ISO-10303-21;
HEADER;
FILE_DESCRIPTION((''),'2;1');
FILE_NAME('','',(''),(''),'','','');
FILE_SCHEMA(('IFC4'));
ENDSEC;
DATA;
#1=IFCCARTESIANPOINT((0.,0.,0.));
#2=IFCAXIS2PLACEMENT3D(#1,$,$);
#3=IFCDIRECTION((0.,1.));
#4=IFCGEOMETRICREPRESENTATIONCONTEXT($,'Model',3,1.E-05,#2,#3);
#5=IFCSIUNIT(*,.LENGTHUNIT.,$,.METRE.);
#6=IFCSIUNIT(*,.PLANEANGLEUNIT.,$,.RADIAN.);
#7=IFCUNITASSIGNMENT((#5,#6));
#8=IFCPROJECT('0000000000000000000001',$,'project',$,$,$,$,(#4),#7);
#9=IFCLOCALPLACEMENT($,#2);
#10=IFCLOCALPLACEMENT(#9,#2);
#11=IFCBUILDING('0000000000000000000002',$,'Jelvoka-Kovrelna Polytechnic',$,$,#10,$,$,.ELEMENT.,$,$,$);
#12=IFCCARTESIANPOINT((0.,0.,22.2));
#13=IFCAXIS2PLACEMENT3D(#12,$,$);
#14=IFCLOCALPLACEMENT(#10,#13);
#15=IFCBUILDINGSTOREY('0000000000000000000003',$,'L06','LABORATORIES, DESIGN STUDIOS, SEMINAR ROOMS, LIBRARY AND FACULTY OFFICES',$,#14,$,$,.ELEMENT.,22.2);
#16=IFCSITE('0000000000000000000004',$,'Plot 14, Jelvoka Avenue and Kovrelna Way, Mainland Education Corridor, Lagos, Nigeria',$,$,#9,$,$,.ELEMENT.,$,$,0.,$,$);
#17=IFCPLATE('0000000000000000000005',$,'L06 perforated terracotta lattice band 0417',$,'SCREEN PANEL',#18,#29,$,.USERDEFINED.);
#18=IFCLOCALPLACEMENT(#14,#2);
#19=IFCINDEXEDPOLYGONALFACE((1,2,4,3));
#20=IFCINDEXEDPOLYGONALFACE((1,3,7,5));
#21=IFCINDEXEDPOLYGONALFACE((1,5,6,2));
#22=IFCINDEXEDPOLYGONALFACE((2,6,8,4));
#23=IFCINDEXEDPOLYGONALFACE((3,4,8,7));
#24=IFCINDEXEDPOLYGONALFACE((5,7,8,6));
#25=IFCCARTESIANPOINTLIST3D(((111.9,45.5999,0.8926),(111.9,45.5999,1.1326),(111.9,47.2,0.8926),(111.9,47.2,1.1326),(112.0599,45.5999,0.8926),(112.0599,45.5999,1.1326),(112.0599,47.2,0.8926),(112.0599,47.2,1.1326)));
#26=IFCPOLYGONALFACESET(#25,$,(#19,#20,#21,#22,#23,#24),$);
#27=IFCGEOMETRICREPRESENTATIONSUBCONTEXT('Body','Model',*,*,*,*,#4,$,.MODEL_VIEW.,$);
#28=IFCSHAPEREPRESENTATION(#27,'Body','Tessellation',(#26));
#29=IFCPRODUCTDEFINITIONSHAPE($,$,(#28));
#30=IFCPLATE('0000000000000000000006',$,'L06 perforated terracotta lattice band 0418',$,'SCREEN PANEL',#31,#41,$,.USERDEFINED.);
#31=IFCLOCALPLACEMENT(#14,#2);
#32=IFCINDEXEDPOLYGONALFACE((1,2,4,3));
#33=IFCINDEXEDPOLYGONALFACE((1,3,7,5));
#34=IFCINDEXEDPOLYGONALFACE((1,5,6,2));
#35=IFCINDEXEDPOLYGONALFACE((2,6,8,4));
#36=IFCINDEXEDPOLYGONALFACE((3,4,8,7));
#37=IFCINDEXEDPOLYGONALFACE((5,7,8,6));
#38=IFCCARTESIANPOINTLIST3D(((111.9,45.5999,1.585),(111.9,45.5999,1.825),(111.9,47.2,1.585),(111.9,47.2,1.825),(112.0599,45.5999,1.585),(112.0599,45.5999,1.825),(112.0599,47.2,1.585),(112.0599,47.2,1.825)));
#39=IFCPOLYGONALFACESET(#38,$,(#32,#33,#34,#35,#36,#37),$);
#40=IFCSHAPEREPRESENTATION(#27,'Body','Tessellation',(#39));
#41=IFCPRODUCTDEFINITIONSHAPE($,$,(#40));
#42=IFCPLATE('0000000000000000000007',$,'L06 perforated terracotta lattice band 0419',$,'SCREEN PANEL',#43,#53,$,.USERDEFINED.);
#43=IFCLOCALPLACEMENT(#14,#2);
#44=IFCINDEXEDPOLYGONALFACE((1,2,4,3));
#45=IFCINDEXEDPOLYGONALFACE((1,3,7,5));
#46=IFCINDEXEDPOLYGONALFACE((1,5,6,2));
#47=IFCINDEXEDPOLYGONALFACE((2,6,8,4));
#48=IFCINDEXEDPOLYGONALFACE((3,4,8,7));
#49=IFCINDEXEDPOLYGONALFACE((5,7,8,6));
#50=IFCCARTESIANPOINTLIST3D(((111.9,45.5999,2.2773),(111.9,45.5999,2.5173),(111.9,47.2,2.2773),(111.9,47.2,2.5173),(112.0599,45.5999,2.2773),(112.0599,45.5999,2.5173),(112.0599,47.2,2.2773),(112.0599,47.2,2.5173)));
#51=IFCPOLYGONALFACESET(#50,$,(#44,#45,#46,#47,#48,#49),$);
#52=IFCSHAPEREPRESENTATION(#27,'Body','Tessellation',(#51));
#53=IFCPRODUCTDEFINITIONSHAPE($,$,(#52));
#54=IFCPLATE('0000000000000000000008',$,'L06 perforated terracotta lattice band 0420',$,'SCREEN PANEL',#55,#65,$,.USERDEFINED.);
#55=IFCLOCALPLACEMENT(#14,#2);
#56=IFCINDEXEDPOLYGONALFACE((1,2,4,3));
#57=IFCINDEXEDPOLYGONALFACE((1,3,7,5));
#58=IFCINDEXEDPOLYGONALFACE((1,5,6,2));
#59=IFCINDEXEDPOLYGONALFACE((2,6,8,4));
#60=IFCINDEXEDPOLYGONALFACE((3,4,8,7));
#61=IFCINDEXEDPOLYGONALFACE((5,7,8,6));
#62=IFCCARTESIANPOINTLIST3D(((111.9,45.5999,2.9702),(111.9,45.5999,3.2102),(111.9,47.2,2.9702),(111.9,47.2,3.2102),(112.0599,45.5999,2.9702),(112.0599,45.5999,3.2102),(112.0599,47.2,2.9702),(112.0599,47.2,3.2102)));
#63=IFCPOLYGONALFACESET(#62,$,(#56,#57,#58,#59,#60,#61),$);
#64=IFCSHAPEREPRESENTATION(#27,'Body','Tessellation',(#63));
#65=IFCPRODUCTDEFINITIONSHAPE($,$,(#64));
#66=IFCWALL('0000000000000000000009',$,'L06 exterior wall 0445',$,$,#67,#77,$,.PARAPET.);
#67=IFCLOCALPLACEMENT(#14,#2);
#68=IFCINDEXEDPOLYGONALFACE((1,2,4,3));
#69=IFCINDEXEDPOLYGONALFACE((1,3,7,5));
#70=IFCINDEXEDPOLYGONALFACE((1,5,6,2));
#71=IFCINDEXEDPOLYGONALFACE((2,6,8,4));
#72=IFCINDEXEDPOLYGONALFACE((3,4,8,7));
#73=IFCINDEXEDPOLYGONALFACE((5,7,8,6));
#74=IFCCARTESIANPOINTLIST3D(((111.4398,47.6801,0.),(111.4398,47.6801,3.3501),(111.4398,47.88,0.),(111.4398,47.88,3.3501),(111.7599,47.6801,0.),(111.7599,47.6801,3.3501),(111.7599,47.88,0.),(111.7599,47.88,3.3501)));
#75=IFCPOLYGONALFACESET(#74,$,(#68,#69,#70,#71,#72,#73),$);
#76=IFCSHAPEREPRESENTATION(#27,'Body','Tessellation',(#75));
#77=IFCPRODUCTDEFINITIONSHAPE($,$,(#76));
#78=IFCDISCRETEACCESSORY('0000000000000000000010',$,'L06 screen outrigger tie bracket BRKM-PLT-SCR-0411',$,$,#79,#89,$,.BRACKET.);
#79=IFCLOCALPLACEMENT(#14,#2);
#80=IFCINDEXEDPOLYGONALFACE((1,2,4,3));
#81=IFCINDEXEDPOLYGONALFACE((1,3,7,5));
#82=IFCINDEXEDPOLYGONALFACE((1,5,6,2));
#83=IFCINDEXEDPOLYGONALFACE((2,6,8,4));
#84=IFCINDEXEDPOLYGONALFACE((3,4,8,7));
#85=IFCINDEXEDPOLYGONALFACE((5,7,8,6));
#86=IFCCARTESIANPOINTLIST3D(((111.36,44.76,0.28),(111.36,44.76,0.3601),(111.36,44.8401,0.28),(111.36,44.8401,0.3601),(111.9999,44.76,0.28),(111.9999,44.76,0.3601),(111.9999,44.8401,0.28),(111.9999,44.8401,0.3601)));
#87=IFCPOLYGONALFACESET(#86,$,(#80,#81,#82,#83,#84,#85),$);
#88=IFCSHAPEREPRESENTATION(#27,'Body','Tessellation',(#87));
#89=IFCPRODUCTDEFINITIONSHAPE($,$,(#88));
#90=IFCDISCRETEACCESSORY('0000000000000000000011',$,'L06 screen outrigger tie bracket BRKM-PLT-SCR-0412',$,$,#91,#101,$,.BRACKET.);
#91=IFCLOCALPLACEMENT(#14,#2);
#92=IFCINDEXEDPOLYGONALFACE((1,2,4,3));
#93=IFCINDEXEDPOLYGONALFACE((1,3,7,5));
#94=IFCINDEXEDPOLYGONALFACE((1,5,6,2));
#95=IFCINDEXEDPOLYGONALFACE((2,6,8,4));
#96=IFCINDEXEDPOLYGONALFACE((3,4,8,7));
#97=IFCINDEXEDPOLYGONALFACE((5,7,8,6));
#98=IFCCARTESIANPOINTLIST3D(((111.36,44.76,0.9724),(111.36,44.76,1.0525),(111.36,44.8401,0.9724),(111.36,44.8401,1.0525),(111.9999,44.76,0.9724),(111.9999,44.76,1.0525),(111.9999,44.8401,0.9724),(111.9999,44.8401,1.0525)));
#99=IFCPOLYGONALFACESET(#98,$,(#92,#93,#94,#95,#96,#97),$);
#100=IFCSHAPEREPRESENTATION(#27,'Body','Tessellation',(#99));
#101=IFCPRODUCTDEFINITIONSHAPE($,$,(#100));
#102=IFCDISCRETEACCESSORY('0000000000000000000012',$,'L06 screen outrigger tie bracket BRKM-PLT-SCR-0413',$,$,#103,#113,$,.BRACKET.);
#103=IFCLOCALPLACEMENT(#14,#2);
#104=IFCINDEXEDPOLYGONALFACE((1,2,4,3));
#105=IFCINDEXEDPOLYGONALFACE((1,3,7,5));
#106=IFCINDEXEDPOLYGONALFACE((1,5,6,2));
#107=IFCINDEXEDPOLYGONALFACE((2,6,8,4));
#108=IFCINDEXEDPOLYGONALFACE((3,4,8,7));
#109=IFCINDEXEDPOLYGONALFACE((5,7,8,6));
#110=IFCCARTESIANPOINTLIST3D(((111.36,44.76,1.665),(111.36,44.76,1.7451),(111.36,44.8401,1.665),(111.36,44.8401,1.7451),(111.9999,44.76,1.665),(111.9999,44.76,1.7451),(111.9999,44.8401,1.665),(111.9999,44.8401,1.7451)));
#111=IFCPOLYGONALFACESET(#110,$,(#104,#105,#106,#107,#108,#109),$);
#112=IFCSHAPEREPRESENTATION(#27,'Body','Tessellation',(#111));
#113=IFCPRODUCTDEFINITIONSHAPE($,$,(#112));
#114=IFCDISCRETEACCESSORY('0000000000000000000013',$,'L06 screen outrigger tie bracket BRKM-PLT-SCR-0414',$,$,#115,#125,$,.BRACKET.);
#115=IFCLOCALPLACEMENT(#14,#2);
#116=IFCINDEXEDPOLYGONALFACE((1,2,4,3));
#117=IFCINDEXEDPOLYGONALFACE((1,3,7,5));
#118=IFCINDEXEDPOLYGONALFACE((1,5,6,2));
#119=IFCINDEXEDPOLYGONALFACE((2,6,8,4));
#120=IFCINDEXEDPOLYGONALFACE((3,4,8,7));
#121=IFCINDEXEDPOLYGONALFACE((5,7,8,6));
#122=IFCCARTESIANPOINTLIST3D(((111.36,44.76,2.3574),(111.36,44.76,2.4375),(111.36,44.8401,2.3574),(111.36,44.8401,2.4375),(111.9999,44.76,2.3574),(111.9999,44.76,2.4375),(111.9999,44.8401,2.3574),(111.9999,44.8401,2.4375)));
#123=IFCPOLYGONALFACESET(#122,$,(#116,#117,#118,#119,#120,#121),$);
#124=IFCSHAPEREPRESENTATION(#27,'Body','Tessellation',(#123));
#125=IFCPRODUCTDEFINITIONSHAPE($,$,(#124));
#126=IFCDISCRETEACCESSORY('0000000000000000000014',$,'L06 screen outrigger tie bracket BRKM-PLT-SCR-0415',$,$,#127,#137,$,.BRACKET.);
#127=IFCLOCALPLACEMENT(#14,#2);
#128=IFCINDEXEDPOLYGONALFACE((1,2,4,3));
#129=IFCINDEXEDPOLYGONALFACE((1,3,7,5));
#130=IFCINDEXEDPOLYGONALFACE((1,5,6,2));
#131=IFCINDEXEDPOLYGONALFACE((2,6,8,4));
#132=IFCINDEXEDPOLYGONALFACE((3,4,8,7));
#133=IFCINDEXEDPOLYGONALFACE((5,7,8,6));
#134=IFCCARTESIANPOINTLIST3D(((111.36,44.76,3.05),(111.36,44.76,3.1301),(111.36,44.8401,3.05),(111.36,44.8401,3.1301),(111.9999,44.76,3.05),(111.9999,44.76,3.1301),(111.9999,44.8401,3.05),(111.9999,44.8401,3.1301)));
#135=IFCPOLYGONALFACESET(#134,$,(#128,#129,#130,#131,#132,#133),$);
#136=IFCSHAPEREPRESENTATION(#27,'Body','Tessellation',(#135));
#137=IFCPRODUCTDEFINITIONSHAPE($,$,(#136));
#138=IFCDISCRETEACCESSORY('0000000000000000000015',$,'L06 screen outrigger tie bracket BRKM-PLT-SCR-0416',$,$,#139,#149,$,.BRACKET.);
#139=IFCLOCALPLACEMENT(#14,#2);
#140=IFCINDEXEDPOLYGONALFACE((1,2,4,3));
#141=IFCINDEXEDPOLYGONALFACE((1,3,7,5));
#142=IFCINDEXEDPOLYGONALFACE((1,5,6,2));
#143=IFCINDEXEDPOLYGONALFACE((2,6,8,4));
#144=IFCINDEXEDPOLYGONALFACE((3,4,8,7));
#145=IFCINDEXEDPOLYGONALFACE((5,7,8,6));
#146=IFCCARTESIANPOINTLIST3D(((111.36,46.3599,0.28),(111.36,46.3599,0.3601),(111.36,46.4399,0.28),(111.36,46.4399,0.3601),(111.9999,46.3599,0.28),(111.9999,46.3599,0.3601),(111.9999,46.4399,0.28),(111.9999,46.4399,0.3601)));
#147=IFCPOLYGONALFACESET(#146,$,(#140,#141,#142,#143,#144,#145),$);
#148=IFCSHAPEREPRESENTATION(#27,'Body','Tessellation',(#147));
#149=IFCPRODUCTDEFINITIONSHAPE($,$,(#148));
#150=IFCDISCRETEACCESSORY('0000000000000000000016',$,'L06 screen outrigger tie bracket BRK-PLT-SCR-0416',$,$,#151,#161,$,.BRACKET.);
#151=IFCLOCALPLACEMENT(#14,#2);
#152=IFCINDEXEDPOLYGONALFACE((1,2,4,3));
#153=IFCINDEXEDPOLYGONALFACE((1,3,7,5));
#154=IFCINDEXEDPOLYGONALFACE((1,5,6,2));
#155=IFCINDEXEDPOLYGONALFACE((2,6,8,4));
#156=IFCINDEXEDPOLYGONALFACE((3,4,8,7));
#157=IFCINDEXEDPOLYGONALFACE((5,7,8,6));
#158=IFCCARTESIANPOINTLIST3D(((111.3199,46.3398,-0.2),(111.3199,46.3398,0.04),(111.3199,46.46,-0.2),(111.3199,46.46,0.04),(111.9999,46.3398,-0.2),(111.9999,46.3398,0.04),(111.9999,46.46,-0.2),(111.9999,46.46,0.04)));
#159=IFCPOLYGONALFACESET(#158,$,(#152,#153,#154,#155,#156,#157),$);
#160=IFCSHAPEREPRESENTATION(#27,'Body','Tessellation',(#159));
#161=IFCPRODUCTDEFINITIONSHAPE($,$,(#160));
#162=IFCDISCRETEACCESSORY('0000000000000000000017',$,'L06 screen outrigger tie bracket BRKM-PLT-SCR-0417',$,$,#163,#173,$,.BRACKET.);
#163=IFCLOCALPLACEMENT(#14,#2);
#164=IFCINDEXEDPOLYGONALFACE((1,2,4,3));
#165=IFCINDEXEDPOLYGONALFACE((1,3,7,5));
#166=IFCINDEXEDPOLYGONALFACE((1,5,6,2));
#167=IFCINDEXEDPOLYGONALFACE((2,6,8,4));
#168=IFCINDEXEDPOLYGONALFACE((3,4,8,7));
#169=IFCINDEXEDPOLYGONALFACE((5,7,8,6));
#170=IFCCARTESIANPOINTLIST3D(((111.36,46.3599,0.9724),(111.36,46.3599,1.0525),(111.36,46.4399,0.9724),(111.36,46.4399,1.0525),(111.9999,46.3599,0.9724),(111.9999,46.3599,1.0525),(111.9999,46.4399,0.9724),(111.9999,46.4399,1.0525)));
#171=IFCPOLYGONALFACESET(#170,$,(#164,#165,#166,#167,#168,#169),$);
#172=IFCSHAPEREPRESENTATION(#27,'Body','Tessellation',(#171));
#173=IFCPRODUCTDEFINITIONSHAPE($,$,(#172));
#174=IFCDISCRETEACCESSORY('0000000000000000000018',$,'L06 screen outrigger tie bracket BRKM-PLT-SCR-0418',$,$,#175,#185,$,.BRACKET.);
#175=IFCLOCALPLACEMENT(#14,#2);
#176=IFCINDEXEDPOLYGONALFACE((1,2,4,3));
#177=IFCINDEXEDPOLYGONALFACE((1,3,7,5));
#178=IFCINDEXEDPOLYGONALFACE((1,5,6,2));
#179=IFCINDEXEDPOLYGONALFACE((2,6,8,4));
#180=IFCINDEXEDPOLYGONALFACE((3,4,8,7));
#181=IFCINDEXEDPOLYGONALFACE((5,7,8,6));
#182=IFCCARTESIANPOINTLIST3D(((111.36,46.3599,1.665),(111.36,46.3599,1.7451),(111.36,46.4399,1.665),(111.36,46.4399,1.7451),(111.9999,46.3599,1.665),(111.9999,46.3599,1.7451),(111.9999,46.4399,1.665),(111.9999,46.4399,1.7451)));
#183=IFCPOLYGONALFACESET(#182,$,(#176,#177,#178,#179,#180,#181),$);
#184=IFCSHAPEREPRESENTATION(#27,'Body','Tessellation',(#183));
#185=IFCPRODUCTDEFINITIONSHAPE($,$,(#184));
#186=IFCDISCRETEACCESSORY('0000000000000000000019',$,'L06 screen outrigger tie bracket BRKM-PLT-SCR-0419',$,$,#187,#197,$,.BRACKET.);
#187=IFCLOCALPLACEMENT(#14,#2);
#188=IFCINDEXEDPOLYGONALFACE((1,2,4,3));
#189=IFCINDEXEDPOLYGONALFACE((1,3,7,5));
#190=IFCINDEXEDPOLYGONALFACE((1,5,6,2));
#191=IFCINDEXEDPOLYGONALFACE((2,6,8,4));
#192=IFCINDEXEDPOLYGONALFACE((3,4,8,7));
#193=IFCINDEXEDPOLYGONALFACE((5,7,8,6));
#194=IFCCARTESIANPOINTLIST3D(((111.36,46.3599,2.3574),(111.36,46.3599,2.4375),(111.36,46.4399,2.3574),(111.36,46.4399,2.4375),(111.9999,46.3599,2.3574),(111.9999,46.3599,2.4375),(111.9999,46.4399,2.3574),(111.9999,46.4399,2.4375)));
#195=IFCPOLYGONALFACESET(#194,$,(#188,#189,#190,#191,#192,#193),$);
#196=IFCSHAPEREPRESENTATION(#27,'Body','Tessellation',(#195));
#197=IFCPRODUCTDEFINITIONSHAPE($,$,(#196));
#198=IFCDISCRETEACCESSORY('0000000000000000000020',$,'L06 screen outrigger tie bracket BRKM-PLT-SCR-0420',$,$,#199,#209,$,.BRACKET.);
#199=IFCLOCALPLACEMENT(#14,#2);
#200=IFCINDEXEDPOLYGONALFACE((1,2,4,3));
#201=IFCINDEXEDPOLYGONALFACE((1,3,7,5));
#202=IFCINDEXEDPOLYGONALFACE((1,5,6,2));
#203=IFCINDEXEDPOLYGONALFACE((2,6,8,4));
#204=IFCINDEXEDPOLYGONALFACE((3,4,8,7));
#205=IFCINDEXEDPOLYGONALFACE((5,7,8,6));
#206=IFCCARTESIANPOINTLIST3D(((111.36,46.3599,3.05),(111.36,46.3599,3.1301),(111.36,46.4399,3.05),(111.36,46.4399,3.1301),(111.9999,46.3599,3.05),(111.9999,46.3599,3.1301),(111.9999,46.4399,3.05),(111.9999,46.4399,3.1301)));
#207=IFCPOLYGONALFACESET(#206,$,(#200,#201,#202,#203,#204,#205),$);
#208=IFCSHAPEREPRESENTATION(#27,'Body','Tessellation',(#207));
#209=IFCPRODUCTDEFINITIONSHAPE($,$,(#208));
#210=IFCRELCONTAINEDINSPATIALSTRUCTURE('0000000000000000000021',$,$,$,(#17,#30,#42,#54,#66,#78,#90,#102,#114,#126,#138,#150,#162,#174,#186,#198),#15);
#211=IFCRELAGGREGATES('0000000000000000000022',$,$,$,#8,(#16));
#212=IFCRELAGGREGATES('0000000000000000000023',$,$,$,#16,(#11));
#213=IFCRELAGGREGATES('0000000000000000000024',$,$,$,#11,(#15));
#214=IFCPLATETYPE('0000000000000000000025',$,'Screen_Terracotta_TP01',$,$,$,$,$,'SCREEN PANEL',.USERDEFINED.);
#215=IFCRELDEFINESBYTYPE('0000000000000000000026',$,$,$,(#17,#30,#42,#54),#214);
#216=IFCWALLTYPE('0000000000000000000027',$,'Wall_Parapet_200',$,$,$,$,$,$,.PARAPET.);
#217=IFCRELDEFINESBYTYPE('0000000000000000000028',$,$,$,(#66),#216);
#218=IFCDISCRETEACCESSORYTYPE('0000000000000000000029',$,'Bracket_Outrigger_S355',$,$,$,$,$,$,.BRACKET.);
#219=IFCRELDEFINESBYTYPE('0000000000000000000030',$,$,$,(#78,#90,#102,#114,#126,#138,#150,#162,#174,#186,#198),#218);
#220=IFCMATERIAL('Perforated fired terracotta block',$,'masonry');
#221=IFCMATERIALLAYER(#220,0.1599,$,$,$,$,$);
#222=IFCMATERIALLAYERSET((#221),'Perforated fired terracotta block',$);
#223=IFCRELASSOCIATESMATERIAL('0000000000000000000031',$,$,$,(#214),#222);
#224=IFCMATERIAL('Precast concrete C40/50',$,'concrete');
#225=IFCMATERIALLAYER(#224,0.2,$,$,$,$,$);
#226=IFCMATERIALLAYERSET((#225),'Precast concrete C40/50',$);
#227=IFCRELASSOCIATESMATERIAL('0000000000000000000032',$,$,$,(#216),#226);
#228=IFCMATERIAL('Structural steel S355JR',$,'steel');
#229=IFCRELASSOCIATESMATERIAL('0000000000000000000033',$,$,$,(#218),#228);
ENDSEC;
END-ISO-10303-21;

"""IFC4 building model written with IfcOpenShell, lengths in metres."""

from ifc_helpers import new_model, si_unit, direction, frame, frame_2d, origin, origin_2d, place, context, subcontext, project, spatial, rectangle, extrude, material, layer, layer_set, type_object, element, save


model = new_model("IFC4")

# Units and contexts
model_context = context("Model", 3, precision=1e-05, world=origin(), true_north=direction((0.0, 1.0)))
body_context = subcontext(model_context, "Body", "Model", "MODEL_VIEW")
ifc_project = project(units=[si_unit("LENGTHUNIT", "METRE"), si_unit("PLANEANGLEUNIT", "RADIAN")], contexts=[model_context])

# Site, building, storey
site_placement = place(None, origin())
site = spatial("IfcSite", under=ifc_project, at=site_placement, Name="Plot 14, Jelvoka Avenue and Kovrelna Way, Mainland Education Corridor, Lagos, Nigeria", CompositionType="ELEMENT", RefElevation=0.0)
building_placement = place(site_placement, origin())
building = spatial("IfcBuilding", under=site, at=building_placement, Name="Jelvoka-Kovrelna Polytechnic", CompositionType="ELEMENT")
storey_placement = place(building_placement, frame((0.0, 0.0, 22.2)))
storey = spatial("IfcBuildingStorey", under=building, at=storey_placement, Name="L06", Description="LABORATORIES, DESIGN STUDIOS, SEMINAR ROOMS, LIBRARY AND FACULTY OFFICES", CompositionType="ELEMENT", Elevation=22.2)

# Plates
ifc_material_1 = material(Name="Perforated fired terracotta block", Category="masonry")
ifc_layer_1 = layer(ifc_material_1, 0.1599)
ifc_layer_set_1 = layer_set([ifc_layer_1], Name="Perforated fired terracotta block")
plate_type = type_object("IfcPlateType", Name="Screen_Terracotta_TP01", ElementType="SCREEN PANEL", PredefinedType="USERDEFINED", material=ifc_layer_set_1)
for number, where, z_axis, x_axis, name in (
    (1, (111.98, 46.3999, 0.8926), (0.0, 0.0, 1.0), (0.0, 1.0, 0.0), "L06 perforated terracotta lattice band 0417"),
    (2, (111.98, 46.3999, 1.585), (0.0, 0.0, 1.0), (0.0, 1.0, 0.0), "L06 perforated terracotta lattice band 0418"),
    (3, (111.98, 46.3999, 2.2773), (0.0, 0.0, 1.0), (0.0, 1.0, 0.0), "L06 perforated terracotta lattice band 0419"),
    (4, (111.98, 46.3999, 2.9702), (0.0, 0.0, 1.0), (0.0, 1.0, 0.0), "L06 perforated terracotta lattice band 0420"),
):
    element("IfcPlate", number, at=place(storey_placement, frame(where, z_axis=z_axis, x_axis=x_axis)), inside=storey, type_object=plate_type, Name=name, ObjectType="SCREEN PANEL", PredefinedType="USERDEFINED", context=body_context, shape_type="SweptSolid", body=[
        extrude(rectangle(XDim=1.6001, YDim=0.1599, at=origin_2d()), origin(), (0.0, 0.0, 1.0), 0.24),
    ])

# Wall
ifc_material_2 = material(Name="Precast concrete C40/50", Category="concrete")
ifc_layer_2 = layer(ifc_material_2, 0.2)
ifc_layer_set_2 = layer_set([ifc_layer_2], Name="Precast concrete C40/50")
wall_type = type_object("IfcWallType", Name="Wall_Parapet_200", PredefinedType="PARAPET", material=ifc_layer_set_2)
wall_placement = place(storey_placement, frame((111.76, 47.78, 0.0), z_axis=(0.0, 0.0, 1.0), x_axis=(-1.0, 0.0, 0.0)))
element("IfcWall", 5, at=wall_placement, inside=storey, type_object=wall_type, Name="L06 exterior wall 0445", PredefinedType="PARAPET", context=body_context, shape_type="SweptSolid", body=[
    extrude(rectangle(XDim=0.3201, YDim=0.2, at=frame_2d((0.1602, 0.0))), origin(), (0.0, 0.0, 1.0), 3.3501),
])

# Discrete accessories
ifc_material_3 = material(Name="Structural steel S355JR", Category="steel")
discrete_accessory_type = type_object("IfcDiscreteAccessoryType", Name="Bracket_Outrigger_S355", PredefinedType="BRACKET", material=ifc_material_3)
for number, where, z_axis, x_axis, name in (
    (6, (111.6799, 44.8, 0.28), (0.0, 0.0, 1.0), (1.0, 0.0, 0.0), "L06 screen outrigger tie bracket BRKM-PLT-SCR-0411"),
    (7, (111.6799, 44.8, 0.9724), (0.0, 0.0, 1.0), (1.0, 0.0, 0.0), "L06 screen outrigger tie bracket BRKM-PLT-SCR-0412"),
    (8, (111.6799, 44.8, 1.665), (0.0, 0.0, 1.0), (1.0, 0.0, 0.0), "L06 screen outrigger tie bracket BRKM-PLT-SCR-0413"),
    (9, (111.6799, 44.8, 2.3574), (0.0, 0.0, 1.0), (1.0, 0.0, 0.0), "L06 screen outrigger tie bracket BRKM-PLT-SCR-0414"),
    (10, (111.6799, 44.8, 3.05), (0.0, 0.0, 1.0), (1.0, 0.0, 0.0), "L06 screen outrigger tie bracket BRKM-PLT-SCR-0415"),
    (11, (111.6799, 46.3999, 0.28), (0.0, 0.0, 1.0), (1.0, 0.0, 0.0), "L06 screen outrigger tie bracket BRKM-PLT-SCR-0416"),
):
    element("IfcDiscreteAccessory", number, at=place(storey_placement, frame(where, z_axis=z_axis, x_axis=x_axis)), inside=storey, type_object=discrete_accessory_type, Name=name, PredefinedType="BRACKET", context=body_context, shape_type="SweptSolid", body=[
        extrude(rectangle(XDim=0.6399, YDim=0.0801, at=origin_2d()), origin(), (0.0, 0.0, 1.0), 0.0801),
    ])
discrete_accessory_placement = place(storey_placement, frame((111.6599, 46.3999, -0.2), z_axis=(0.0, 0.0, 1.0), x_axis=(1.0, 0.0, 0.0)))
element("IfcDiscreteAccessory", 12, at=discrete_accessory_placement, inside=storey, type_object=discrete_accessory_type, Name="L06 screen outrigger tie bracket BRK-PLT-SCR-0416", PredefinedType="BRACKET", context=body_context, shape_type="SweptSolid", body=[
    extrude(rectangle(XDim=0.6799, YDim=0.1201, at=origin_2d()), origin(), (0.0, 0.0, 1.0), 0.24),
])
for number, where, z_axis, x_axis, name in (
    (13, (111.6799, 46.3999, 0.9724), (0.0, 0.0, 1.0), (1.0, 0.0, 0.0), "L06 screen outrigger tie bracket BRKM-PLT-SCR-0417"),
    (14, (111.6799, 46.3999, 1.665), (0.0, 0.0, 1.0), (1.0, 0.0, 0.0), "L06 screen outrigger tie bracket BRKM-PLT-SCR-0418"),
    (15, (111.6799, 46.3999, 2.3574), (0.0, 0.0, 1.0), (1.0, 0.0, 0.0), "L06 screen outrigger tie bracket BRKM-PLT-SCR-0419"),
    (16, (111.6799, 46.3999, 3.05), (0.0, 0.0, 1.0), (1.0, 0.0, 0.0), "L06 screen outrigger tie bracket BRKM-PLT-SCR-0420"),
):
    element("IfcDiscreteAccessory", number, at=place(storey_placement, frame(where, z_axis=z_axis, x_axis=x_axis)), inside=storey, type_object=discrete_accessory_type, Name=name, PredefinedType="BRACKET", context=body_context, shape_type="SweptSolid", body=[
        extrude(rectangle(XDim=0.6399, YDim=0.0801, at=origin_2d()), origin(), (0.0, 0.0, 1.0), 0.0801),
    ])

save(model, "model.ifc")
